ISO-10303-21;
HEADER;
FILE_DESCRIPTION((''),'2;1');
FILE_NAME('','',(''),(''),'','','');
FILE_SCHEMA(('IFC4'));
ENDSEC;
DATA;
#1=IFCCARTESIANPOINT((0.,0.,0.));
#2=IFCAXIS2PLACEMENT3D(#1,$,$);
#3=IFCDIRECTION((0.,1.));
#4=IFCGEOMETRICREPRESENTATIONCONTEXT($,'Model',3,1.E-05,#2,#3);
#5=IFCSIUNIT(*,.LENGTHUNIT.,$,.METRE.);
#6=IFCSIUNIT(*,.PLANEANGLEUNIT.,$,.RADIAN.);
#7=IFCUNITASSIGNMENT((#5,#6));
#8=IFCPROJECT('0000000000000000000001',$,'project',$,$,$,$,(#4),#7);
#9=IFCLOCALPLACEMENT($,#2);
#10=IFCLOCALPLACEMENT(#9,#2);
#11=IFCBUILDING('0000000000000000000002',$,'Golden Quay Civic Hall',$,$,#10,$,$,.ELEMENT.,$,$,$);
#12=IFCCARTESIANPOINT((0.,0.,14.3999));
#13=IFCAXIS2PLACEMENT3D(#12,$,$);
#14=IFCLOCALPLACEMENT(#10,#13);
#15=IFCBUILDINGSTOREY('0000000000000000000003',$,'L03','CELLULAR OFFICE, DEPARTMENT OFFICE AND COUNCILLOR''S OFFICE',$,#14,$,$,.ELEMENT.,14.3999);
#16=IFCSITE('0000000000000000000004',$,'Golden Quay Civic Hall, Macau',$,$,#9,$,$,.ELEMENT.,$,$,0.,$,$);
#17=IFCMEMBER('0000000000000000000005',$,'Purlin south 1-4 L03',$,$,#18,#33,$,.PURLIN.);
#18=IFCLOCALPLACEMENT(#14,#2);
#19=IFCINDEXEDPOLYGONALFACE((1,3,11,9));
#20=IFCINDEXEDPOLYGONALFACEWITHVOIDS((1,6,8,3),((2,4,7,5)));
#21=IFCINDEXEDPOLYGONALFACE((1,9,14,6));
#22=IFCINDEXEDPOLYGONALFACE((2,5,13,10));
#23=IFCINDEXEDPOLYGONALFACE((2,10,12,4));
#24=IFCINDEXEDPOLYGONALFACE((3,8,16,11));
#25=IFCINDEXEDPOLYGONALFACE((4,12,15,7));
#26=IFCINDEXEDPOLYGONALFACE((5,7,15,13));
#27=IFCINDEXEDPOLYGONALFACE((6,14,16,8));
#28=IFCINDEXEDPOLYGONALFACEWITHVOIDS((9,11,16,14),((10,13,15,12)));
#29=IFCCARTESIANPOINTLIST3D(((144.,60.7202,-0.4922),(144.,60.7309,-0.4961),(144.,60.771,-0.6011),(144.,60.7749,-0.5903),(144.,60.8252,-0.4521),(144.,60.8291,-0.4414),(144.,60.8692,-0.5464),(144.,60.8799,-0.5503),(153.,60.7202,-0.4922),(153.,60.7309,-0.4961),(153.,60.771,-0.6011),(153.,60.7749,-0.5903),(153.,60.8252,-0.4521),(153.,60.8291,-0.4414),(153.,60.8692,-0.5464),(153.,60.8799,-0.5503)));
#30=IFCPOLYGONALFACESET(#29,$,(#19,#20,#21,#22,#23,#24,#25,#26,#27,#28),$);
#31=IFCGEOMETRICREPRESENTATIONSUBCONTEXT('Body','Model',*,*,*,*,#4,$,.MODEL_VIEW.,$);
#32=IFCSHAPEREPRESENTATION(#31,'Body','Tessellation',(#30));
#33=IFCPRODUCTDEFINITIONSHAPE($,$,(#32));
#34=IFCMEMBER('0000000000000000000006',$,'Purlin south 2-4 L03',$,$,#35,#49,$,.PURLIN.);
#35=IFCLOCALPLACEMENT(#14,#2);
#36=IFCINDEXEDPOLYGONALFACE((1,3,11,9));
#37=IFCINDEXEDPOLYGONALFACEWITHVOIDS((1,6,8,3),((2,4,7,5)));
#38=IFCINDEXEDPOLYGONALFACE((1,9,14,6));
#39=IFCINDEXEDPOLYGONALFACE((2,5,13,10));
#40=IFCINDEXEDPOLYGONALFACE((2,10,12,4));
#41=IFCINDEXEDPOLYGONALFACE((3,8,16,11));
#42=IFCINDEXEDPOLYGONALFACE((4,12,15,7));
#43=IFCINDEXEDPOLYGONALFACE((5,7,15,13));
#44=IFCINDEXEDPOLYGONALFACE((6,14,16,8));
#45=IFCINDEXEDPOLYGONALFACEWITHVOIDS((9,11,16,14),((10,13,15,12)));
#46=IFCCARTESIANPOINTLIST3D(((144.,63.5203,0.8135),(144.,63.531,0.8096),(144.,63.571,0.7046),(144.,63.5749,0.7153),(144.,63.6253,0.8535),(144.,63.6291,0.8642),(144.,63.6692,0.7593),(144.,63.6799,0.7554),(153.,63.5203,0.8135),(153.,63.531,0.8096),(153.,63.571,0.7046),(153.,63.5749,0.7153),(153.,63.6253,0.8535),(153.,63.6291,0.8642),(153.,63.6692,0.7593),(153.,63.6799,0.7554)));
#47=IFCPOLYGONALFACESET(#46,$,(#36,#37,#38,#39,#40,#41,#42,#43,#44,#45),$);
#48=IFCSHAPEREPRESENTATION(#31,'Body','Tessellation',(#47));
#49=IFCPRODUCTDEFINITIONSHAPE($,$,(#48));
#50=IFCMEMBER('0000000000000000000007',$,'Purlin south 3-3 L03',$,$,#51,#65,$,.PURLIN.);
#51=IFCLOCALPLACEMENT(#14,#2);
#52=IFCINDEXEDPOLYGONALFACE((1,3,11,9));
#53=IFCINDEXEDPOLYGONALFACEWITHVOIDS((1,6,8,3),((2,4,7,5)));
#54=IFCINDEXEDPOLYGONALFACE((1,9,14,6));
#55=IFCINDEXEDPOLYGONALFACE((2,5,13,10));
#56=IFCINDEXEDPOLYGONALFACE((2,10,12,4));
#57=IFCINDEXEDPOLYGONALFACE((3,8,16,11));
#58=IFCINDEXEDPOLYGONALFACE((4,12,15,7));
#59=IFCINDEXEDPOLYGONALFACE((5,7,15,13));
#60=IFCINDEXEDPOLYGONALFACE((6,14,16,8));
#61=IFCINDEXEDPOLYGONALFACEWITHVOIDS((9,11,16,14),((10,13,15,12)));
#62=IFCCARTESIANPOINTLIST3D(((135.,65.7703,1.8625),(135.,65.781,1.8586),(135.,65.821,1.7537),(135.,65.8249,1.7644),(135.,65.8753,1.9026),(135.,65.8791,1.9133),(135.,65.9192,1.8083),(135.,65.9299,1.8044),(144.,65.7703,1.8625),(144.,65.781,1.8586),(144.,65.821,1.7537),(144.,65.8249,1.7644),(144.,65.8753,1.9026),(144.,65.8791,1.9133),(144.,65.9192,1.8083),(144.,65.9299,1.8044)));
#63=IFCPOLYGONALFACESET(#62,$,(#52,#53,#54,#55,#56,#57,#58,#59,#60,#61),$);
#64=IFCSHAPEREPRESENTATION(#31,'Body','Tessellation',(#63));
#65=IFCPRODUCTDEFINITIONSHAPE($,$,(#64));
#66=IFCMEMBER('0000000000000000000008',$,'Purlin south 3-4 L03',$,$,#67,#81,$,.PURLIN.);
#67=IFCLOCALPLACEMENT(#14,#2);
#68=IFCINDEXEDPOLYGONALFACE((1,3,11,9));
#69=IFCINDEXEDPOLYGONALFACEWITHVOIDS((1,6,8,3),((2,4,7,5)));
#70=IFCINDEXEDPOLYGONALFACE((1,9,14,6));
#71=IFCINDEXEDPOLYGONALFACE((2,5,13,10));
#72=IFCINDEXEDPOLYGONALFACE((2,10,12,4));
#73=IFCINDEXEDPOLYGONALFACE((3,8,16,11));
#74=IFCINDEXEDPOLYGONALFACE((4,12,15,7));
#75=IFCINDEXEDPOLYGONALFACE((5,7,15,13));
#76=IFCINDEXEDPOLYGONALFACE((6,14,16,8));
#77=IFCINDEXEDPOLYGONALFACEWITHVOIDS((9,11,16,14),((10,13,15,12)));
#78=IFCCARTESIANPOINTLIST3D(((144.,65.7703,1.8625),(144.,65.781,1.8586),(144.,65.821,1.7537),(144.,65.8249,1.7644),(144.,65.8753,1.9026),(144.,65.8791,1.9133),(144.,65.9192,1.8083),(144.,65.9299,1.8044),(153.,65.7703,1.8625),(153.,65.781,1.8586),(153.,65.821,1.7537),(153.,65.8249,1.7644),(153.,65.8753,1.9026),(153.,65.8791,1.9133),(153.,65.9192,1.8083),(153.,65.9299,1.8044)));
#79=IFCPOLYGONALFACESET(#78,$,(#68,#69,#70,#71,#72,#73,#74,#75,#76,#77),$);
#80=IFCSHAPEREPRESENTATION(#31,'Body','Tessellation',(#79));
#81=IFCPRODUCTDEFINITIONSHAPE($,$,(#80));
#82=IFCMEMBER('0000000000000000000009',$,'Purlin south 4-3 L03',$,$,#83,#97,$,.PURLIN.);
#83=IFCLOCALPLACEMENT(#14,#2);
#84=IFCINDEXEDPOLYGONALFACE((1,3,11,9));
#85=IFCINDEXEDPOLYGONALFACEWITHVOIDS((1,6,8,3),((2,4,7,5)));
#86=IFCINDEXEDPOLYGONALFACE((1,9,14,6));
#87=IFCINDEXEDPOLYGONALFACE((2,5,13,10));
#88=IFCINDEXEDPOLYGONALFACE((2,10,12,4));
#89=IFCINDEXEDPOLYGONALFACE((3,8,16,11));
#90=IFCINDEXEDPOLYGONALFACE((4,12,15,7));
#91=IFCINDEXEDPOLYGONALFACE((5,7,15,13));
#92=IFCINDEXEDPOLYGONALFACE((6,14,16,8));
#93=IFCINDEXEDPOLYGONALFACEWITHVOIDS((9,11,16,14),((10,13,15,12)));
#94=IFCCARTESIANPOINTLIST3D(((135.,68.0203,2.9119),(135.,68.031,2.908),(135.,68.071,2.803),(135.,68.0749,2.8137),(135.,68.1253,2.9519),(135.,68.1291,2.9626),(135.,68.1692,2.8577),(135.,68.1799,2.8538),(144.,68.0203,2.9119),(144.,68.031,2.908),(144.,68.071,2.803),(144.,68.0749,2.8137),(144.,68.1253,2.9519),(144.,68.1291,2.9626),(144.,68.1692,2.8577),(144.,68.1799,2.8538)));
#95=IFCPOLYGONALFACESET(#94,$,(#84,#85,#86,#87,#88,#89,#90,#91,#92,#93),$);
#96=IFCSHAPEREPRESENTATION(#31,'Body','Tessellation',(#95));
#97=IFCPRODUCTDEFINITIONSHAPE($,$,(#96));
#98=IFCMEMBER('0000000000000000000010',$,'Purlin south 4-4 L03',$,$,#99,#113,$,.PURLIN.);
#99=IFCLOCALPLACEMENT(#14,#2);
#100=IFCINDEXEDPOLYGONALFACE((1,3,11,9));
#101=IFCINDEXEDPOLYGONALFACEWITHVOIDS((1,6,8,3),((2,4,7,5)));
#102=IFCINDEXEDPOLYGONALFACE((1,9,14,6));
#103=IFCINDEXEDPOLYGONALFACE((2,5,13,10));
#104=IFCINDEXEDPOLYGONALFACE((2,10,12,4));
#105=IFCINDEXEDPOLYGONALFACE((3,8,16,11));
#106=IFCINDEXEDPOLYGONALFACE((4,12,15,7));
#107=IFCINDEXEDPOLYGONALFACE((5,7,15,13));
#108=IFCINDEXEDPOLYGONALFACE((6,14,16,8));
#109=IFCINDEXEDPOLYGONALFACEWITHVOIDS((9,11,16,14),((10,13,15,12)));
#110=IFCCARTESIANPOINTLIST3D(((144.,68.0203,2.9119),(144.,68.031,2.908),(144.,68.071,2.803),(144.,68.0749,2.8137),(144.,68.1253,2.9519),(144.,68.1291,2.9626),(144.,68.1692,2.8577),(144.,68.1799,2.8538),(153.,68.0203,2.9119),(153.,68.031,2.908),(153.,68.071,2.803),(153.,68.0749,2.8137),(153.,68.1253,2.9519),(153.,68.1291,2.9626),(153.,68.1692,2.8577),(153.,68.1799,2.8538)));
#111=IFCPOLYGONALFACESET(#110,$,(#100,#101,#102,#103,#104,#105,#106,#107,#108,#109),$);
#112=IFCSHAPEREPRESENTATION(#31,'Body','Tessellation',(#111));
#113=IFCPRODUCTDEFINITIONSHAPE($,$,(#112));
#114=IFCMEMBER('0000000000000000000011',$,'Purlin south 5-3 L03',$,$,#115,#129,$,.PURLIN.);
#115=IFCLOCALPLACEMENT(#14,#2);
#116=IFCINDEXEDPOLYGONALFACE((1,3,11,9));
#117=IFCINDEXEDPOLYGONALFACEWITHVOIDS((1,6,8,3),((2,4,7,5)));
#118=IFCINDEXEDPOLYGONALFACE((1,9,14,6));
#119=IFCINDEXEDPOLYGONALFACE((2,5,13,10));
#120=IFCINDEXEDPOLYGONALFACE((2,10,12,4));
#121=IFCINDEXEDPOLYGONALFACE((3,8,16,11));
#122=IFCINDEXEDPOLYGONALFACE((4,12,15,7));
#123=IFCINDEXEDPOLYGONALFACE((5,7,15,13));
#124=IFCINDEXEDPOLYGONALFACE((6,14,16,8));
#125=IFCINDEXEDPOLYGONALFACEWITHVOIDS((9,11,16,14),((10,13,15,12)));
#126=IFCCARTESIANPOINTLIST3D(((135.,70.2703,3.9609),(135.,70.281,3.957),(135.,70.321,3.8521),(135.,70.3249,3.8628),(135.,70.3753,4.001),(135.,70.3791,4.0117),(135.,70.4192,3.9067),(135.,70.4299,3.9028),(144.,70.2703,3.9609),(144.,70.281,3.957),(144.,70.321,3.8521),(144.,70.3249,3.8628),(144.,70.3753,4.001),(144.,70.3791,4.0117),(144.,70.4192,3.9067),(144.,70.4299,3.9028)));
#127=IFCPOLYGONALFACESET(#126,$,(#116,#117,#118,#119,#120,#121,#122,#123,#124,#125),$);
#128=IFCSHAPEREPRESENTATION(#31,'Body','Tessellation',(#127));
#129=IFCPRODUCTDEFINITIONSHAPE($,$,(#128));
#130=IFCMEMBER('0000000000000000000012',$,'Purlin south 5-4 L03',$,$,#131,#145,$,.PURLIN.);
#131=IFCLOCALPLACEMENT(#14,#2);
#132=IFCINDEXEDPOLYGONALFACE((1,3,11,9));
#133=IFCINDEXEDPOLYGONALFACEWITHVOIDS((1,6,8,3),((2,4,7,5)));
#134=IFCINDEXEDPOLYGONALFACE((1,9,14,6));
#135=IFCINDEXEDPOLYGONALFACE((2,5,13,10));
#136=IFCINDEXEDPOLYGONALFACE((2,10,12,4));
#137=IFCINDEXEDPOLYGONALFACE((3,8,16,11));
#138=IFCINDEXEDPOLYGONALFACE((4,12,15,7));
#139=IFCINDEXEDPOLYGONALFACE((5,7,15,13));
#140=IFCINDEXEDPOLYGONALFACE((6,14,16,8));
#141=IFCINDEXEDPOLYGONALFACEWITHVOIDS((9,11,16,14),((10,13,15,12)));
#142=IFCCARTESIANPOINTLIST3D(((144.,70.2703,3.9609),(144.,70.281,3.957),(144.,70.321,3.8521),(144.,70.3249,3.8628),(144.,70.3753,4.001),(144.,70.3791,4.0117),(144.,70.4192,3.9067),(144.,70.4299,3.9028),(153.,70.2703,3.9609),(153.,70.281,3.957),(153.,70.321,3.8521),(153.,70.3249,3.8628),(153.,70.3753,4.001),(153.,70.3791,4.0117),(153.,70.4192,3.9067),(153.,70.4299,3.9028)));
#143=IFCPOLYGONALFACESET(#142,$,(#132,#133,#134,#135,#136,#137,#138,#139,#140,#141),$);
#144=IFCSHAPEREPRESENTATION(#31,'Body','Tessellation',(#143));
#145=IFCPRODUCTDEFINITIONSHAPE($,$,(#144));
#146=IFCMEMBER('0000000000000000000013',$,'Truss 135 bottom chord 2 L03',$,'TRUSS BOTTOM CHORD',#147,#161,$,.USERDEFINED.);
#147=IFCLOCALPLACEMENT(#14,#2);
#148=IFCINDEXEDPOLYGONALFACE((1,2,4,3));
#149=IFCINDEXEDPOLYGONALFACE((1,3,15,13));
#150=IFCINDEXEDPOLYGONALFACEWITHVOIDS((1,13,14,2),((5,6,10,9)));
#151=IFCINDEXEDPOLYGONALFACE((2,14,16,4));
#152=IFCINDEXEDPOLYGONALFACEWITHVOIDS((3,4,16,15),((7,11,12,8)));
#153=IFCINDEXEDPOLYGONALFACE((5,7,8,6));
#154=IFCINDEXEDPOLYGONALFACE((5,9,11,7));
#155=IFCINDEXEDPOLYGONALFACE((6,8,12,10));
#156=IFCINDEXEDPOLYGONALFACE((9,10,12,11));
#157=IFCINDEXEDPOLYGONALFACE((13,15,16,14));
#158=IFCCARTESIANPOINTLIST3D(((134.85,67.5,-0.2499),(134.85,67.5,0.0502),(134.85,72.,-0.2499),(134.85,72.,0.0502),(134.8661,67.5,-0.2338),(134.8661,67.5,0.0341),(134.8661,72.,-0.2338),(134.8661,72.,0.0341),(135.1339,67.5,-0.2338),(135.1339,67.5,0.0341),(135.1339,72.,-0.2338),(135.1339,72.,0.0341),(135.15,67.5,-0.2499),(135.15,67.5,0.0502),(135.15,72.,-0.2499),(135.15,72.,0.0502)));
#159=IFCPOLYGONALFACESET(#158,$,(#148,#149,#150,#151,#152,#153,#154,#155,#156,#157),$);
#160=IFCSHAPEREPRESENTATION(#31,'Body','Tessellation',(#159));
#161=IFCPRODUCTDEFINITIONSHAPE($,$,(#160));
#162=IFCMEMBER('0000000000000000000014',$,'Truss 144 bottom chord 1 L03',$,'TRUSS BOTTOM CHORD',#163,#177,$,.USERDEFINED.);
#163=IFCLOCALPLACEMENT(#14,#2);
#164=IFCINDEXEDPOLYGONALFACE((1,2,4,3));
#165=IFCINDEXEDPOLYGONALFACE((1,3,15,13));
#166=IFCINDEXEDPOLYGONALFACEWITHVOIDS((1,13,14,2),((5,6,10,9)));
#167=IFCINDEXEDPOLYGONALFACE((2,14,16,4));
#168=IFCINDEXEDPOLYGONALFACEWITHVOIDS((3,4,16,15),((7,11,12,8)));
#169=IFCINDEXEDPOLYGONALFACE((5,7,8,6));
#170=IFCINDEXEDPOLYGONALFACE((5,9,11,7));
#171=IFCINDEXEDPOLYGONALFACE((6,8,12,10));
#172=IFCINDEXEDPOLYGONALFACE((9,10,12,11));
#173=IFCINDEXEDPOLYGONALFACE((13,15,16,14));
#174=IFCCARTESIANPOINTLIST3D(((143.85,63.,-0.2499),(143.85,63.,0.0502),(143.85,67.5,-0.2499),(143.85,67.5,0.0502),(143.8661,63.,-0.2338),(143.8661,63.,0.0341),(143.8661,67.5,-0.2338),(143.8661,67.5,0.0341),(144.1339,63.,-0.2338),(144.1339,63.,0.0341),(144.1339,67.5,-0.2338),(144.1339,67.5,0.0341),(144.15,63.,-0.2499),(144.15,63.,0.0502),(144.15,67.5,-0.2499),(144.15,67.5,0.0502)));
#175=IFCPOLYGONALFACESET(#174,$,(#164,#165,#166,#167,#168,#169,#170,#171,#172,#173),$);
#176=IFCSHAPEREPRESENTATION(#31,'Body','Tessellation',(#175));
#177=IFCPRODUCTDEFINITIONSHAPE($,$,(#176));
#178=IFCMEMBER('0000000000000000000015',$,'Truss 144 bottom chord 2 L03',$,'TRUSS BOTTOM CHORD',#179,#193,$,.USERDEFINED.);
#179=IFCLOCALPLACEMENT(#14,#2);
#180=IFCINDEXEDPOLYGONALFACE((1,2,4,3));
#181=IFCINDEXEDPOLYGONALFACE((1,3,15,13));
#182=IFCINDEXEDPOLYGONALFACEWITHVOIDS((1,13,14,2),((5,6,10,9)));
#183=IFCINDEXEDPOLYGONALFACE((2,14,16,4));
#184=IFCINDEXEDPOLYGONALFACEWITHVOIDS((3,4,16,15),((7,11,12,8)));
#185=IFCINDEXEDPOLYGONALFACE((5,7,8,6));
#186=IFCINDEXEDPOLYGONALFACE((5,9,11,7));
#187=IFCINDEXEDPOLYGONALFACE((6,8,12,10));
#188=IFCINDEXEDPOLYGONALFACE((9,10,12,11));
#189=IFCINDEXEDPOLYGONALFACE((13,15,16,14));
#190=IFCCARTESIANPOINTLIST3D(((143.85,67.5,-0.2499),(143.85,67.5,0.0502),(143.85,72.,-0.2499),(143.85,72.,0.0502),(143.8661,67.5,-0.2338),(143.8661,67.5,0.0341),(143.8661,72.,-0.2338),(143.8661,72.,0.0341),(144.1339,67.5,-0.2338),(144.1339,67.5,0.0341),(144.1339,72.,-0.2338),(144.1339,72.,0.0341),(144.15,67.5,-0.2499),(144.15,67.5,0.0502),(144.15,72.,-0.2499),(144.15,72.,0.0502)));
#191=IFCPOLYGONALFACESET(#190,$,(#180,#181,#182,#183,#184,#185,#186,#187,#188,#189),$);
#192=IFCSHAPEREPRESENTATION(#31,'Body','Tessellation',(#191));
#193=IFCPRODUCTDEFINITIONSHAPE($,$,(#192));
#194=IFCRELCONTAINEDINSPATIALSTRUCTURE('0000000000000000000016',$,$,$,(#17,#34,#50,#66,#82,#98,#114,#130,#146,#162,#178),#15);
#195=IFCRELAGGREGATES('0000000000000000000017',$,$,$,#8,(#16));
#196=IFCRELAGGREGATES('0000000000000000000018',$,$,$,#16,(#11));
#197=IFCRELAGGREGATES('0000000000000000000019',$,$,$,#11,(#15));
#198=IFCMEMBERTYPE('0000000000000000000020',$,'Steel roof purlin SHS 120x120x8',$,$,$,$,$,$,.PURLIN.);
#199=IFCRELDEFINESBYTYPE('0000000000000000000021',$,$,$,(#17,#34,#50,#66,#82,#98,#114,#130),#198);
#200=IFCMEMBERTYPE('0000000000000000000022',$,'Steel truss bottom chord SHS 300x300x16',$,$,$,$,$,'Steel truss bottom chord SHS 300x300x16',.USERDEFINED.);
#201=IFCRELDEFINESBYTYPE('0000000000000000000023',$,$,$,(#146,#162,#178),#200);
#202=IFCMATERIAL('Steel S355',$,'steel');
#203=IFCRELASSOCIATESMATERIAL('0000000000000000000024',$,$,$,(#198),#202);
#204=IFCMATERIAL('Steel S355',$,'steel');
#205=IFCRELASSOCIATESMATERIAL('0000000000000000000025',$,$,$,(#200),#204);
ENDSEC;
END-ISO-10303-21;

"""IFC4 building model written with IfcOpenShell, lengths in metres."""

from ifc_helpers import new_model, si_unit, direction, frame, origin, origin_2d, place, context, subcontext, project, spatial, hollow_rectangle, extrude, material, material_profile, profile_set, type_object, element, save


model = new_model("IFC4")

# Units and contexts
model_context = context("Model", 3, precision=1e-05, world=origin(), true_north=direction((0.0, 1.0)))
body_context = subcontext(model_context, "Body", "Model", "MODEL_VIEW")
ifc_project = project(units=[si_unit("LENGTHUNIT", "METRE"), si_unit("PLANEANGLEUNIT", "RADIAN")], contexts=[model_context])

# Site, building, storey
site_placement = place(None, origin())
site = spatial("IfcSite", under=ifc_project, at=site_placement, Name="Golden Quay Civic Hall, Macau", CompositionType="ELEMENT", RefElevation=0.0)
building_placement = place(site_placement, origin())
building = spatial("IfcBuilding", under=site, at=building_placement, Name="Golden Quay Civic Hall", CompositionType="ELEMENT")
storey_placement = place(building_placement, frame((0.0, 0.0, 14.3999)))
storey = spatial("IfcBuildingStorey", under=building, at=storey_placement, Name="L03", Description="CELLULAR OFFICE, DEPARTMENT OFFICE AND COUNCILLOR'S OFFICE", CompositionType="ELEMENT", Elevation=14.3999)

# Members
ifc_material_1 = material(Name="Steel S355", Category="steel")
ifc_material_profile_1 = material_profile(ifc_material_1, hollow_rectangle(XDim=0.1201, YDim=0.1201, WallThickness=0.0081, at=origin_2d()), Name="SHS 120x120x8")
ifc_profile_set_1 = profile_set([ifc_material_profile_1], Name="Steel S355")
member_type_1 = type_object("IfcMemberType", Name="Steel roof purlin SHS 120x120x8", PredefinedType="PURLIN", material=ifc_profile_set_1)
for number, where, z_axis, x_axis, name in (
    (1, (144.0, 60.8, -0.5212), (1.0, 0.0, 0.0), (0.0, 0.906308, 0.422618), "Purlin south 1-4 L03"),
    (2, (144.0, 63.6001, 0.7844), (1.0, 0.0, 0.0), (0.0, 0.906308, 0.422618), "Purlin south 2-4 L03"),
    (3, (135.0, 65.8501, 1.8335), (1.0, 0.0, 0.0), (0.0, 0.906308, 0.422618), "Purlin south 3-3 L03"),
    (4, (144.0, 65.8501, 1.8335), (1.0, 0.0, 0.0), (0.0, 0.906308, 0.422618), "Purlin south 3-4 L03"),
    (5, (135.0, 68.1001, 2.8828), (1.0, 0.0, 0.0), (0.0, 0.906308, 0.422618), "Purlin south 4-3 L03"),
    (6, (144.0, 68.1001, 2.8828), (1.0, 0.0, 0.0), (0.0, 0.906308, 0.422618), "Purlin south 4-4 L03"),
    (7, (135.0, 70.3501, 3.9319), (1.0, 0.0, 0.0), (0.0, 0.906308, 0.422618), "Purlin south 5-3 L03"),
    (8, (144.0, 70.3501, 3.9319), (1.0, 0.0, 0.0), (0.0, 0.906308, 0.422618), "Purlin south 5-4 L03"),
):
    element("IfcMember", number, at=place(storey_placement, frame(where, z_axis=z_axis, x_axis=x_axis)), inside=storey, type_object=member_type_1, Name=name, PredefinedType="PURLIN", context=body_context, shape_type="SweptSolid", body=[
        extrude(hollow_rectangle(XDim=0.1201, YDim=0.1201, WallThickness=0.0081, at=origin_2d()), origin(), (0.0, 0.0, 1.0), 9.0),
    ])
ifc_material_2 = material(Name="Steel S355", Category="steel")
ifc_material_profile_2 = material_profile(ifc_material_2, hollow_rectangle(XDim=0.3, YDim=0.3, WallThickness=0.0161, at=origin_2d()), Name="SHS 300x300x16")
ifc_profile_set_2 = profile_set([ifc_material_profile_2], Name="Steel S355")
member_type_2 = type_object("IfcMemberType", Name="Steel truss bottom chord SHS 300x300x16", ElementType="Steel truss bottom chord SHS 300x300x16", PredefinedType="USERDEFINED", material=ifc_profile_set_2)
for number, where, z_axis, x_axis, name in (
    (9, (135.0, 67.5, -0.0999), (0.0, 1.0, 0.0), (-1.0, 0.0, 0.0), "Truss 135 bottom chord 2 L03"),
    (10, (144.0, 63.0, -0.0999), (0.0, 1.0, 0.0), (-1.0, 0.0, 0.0), "Truss 144 bottom chord 1 L03"),
    (11, (144.0, 67.5, -0.0999), (0.0, 1.0, 0.0), (-1.0, 0.0, 0.0), "Truss 144 bottom chord 2 L03"),
):
    element("IfcMember", number, at=place(storey_placement, frame(where, z_axis=z_axis, x_axis=x_axis)), inside=storey, type_object=member_type_2, Name=name, ObjectType="TRUSS BOTTOM CHORD", PredefinedType="USERDEFINED", context=body_context, shape_type="SweptSolid", body=[
        extrude(hollow_rectangle(XDim=0.3, YDim=0.3, WallThickness=0.0161, at=origin_2d()), origin(), (0.0, 0.0, 1.0), 4.5),
    ])

save(model, "model.ifc")
